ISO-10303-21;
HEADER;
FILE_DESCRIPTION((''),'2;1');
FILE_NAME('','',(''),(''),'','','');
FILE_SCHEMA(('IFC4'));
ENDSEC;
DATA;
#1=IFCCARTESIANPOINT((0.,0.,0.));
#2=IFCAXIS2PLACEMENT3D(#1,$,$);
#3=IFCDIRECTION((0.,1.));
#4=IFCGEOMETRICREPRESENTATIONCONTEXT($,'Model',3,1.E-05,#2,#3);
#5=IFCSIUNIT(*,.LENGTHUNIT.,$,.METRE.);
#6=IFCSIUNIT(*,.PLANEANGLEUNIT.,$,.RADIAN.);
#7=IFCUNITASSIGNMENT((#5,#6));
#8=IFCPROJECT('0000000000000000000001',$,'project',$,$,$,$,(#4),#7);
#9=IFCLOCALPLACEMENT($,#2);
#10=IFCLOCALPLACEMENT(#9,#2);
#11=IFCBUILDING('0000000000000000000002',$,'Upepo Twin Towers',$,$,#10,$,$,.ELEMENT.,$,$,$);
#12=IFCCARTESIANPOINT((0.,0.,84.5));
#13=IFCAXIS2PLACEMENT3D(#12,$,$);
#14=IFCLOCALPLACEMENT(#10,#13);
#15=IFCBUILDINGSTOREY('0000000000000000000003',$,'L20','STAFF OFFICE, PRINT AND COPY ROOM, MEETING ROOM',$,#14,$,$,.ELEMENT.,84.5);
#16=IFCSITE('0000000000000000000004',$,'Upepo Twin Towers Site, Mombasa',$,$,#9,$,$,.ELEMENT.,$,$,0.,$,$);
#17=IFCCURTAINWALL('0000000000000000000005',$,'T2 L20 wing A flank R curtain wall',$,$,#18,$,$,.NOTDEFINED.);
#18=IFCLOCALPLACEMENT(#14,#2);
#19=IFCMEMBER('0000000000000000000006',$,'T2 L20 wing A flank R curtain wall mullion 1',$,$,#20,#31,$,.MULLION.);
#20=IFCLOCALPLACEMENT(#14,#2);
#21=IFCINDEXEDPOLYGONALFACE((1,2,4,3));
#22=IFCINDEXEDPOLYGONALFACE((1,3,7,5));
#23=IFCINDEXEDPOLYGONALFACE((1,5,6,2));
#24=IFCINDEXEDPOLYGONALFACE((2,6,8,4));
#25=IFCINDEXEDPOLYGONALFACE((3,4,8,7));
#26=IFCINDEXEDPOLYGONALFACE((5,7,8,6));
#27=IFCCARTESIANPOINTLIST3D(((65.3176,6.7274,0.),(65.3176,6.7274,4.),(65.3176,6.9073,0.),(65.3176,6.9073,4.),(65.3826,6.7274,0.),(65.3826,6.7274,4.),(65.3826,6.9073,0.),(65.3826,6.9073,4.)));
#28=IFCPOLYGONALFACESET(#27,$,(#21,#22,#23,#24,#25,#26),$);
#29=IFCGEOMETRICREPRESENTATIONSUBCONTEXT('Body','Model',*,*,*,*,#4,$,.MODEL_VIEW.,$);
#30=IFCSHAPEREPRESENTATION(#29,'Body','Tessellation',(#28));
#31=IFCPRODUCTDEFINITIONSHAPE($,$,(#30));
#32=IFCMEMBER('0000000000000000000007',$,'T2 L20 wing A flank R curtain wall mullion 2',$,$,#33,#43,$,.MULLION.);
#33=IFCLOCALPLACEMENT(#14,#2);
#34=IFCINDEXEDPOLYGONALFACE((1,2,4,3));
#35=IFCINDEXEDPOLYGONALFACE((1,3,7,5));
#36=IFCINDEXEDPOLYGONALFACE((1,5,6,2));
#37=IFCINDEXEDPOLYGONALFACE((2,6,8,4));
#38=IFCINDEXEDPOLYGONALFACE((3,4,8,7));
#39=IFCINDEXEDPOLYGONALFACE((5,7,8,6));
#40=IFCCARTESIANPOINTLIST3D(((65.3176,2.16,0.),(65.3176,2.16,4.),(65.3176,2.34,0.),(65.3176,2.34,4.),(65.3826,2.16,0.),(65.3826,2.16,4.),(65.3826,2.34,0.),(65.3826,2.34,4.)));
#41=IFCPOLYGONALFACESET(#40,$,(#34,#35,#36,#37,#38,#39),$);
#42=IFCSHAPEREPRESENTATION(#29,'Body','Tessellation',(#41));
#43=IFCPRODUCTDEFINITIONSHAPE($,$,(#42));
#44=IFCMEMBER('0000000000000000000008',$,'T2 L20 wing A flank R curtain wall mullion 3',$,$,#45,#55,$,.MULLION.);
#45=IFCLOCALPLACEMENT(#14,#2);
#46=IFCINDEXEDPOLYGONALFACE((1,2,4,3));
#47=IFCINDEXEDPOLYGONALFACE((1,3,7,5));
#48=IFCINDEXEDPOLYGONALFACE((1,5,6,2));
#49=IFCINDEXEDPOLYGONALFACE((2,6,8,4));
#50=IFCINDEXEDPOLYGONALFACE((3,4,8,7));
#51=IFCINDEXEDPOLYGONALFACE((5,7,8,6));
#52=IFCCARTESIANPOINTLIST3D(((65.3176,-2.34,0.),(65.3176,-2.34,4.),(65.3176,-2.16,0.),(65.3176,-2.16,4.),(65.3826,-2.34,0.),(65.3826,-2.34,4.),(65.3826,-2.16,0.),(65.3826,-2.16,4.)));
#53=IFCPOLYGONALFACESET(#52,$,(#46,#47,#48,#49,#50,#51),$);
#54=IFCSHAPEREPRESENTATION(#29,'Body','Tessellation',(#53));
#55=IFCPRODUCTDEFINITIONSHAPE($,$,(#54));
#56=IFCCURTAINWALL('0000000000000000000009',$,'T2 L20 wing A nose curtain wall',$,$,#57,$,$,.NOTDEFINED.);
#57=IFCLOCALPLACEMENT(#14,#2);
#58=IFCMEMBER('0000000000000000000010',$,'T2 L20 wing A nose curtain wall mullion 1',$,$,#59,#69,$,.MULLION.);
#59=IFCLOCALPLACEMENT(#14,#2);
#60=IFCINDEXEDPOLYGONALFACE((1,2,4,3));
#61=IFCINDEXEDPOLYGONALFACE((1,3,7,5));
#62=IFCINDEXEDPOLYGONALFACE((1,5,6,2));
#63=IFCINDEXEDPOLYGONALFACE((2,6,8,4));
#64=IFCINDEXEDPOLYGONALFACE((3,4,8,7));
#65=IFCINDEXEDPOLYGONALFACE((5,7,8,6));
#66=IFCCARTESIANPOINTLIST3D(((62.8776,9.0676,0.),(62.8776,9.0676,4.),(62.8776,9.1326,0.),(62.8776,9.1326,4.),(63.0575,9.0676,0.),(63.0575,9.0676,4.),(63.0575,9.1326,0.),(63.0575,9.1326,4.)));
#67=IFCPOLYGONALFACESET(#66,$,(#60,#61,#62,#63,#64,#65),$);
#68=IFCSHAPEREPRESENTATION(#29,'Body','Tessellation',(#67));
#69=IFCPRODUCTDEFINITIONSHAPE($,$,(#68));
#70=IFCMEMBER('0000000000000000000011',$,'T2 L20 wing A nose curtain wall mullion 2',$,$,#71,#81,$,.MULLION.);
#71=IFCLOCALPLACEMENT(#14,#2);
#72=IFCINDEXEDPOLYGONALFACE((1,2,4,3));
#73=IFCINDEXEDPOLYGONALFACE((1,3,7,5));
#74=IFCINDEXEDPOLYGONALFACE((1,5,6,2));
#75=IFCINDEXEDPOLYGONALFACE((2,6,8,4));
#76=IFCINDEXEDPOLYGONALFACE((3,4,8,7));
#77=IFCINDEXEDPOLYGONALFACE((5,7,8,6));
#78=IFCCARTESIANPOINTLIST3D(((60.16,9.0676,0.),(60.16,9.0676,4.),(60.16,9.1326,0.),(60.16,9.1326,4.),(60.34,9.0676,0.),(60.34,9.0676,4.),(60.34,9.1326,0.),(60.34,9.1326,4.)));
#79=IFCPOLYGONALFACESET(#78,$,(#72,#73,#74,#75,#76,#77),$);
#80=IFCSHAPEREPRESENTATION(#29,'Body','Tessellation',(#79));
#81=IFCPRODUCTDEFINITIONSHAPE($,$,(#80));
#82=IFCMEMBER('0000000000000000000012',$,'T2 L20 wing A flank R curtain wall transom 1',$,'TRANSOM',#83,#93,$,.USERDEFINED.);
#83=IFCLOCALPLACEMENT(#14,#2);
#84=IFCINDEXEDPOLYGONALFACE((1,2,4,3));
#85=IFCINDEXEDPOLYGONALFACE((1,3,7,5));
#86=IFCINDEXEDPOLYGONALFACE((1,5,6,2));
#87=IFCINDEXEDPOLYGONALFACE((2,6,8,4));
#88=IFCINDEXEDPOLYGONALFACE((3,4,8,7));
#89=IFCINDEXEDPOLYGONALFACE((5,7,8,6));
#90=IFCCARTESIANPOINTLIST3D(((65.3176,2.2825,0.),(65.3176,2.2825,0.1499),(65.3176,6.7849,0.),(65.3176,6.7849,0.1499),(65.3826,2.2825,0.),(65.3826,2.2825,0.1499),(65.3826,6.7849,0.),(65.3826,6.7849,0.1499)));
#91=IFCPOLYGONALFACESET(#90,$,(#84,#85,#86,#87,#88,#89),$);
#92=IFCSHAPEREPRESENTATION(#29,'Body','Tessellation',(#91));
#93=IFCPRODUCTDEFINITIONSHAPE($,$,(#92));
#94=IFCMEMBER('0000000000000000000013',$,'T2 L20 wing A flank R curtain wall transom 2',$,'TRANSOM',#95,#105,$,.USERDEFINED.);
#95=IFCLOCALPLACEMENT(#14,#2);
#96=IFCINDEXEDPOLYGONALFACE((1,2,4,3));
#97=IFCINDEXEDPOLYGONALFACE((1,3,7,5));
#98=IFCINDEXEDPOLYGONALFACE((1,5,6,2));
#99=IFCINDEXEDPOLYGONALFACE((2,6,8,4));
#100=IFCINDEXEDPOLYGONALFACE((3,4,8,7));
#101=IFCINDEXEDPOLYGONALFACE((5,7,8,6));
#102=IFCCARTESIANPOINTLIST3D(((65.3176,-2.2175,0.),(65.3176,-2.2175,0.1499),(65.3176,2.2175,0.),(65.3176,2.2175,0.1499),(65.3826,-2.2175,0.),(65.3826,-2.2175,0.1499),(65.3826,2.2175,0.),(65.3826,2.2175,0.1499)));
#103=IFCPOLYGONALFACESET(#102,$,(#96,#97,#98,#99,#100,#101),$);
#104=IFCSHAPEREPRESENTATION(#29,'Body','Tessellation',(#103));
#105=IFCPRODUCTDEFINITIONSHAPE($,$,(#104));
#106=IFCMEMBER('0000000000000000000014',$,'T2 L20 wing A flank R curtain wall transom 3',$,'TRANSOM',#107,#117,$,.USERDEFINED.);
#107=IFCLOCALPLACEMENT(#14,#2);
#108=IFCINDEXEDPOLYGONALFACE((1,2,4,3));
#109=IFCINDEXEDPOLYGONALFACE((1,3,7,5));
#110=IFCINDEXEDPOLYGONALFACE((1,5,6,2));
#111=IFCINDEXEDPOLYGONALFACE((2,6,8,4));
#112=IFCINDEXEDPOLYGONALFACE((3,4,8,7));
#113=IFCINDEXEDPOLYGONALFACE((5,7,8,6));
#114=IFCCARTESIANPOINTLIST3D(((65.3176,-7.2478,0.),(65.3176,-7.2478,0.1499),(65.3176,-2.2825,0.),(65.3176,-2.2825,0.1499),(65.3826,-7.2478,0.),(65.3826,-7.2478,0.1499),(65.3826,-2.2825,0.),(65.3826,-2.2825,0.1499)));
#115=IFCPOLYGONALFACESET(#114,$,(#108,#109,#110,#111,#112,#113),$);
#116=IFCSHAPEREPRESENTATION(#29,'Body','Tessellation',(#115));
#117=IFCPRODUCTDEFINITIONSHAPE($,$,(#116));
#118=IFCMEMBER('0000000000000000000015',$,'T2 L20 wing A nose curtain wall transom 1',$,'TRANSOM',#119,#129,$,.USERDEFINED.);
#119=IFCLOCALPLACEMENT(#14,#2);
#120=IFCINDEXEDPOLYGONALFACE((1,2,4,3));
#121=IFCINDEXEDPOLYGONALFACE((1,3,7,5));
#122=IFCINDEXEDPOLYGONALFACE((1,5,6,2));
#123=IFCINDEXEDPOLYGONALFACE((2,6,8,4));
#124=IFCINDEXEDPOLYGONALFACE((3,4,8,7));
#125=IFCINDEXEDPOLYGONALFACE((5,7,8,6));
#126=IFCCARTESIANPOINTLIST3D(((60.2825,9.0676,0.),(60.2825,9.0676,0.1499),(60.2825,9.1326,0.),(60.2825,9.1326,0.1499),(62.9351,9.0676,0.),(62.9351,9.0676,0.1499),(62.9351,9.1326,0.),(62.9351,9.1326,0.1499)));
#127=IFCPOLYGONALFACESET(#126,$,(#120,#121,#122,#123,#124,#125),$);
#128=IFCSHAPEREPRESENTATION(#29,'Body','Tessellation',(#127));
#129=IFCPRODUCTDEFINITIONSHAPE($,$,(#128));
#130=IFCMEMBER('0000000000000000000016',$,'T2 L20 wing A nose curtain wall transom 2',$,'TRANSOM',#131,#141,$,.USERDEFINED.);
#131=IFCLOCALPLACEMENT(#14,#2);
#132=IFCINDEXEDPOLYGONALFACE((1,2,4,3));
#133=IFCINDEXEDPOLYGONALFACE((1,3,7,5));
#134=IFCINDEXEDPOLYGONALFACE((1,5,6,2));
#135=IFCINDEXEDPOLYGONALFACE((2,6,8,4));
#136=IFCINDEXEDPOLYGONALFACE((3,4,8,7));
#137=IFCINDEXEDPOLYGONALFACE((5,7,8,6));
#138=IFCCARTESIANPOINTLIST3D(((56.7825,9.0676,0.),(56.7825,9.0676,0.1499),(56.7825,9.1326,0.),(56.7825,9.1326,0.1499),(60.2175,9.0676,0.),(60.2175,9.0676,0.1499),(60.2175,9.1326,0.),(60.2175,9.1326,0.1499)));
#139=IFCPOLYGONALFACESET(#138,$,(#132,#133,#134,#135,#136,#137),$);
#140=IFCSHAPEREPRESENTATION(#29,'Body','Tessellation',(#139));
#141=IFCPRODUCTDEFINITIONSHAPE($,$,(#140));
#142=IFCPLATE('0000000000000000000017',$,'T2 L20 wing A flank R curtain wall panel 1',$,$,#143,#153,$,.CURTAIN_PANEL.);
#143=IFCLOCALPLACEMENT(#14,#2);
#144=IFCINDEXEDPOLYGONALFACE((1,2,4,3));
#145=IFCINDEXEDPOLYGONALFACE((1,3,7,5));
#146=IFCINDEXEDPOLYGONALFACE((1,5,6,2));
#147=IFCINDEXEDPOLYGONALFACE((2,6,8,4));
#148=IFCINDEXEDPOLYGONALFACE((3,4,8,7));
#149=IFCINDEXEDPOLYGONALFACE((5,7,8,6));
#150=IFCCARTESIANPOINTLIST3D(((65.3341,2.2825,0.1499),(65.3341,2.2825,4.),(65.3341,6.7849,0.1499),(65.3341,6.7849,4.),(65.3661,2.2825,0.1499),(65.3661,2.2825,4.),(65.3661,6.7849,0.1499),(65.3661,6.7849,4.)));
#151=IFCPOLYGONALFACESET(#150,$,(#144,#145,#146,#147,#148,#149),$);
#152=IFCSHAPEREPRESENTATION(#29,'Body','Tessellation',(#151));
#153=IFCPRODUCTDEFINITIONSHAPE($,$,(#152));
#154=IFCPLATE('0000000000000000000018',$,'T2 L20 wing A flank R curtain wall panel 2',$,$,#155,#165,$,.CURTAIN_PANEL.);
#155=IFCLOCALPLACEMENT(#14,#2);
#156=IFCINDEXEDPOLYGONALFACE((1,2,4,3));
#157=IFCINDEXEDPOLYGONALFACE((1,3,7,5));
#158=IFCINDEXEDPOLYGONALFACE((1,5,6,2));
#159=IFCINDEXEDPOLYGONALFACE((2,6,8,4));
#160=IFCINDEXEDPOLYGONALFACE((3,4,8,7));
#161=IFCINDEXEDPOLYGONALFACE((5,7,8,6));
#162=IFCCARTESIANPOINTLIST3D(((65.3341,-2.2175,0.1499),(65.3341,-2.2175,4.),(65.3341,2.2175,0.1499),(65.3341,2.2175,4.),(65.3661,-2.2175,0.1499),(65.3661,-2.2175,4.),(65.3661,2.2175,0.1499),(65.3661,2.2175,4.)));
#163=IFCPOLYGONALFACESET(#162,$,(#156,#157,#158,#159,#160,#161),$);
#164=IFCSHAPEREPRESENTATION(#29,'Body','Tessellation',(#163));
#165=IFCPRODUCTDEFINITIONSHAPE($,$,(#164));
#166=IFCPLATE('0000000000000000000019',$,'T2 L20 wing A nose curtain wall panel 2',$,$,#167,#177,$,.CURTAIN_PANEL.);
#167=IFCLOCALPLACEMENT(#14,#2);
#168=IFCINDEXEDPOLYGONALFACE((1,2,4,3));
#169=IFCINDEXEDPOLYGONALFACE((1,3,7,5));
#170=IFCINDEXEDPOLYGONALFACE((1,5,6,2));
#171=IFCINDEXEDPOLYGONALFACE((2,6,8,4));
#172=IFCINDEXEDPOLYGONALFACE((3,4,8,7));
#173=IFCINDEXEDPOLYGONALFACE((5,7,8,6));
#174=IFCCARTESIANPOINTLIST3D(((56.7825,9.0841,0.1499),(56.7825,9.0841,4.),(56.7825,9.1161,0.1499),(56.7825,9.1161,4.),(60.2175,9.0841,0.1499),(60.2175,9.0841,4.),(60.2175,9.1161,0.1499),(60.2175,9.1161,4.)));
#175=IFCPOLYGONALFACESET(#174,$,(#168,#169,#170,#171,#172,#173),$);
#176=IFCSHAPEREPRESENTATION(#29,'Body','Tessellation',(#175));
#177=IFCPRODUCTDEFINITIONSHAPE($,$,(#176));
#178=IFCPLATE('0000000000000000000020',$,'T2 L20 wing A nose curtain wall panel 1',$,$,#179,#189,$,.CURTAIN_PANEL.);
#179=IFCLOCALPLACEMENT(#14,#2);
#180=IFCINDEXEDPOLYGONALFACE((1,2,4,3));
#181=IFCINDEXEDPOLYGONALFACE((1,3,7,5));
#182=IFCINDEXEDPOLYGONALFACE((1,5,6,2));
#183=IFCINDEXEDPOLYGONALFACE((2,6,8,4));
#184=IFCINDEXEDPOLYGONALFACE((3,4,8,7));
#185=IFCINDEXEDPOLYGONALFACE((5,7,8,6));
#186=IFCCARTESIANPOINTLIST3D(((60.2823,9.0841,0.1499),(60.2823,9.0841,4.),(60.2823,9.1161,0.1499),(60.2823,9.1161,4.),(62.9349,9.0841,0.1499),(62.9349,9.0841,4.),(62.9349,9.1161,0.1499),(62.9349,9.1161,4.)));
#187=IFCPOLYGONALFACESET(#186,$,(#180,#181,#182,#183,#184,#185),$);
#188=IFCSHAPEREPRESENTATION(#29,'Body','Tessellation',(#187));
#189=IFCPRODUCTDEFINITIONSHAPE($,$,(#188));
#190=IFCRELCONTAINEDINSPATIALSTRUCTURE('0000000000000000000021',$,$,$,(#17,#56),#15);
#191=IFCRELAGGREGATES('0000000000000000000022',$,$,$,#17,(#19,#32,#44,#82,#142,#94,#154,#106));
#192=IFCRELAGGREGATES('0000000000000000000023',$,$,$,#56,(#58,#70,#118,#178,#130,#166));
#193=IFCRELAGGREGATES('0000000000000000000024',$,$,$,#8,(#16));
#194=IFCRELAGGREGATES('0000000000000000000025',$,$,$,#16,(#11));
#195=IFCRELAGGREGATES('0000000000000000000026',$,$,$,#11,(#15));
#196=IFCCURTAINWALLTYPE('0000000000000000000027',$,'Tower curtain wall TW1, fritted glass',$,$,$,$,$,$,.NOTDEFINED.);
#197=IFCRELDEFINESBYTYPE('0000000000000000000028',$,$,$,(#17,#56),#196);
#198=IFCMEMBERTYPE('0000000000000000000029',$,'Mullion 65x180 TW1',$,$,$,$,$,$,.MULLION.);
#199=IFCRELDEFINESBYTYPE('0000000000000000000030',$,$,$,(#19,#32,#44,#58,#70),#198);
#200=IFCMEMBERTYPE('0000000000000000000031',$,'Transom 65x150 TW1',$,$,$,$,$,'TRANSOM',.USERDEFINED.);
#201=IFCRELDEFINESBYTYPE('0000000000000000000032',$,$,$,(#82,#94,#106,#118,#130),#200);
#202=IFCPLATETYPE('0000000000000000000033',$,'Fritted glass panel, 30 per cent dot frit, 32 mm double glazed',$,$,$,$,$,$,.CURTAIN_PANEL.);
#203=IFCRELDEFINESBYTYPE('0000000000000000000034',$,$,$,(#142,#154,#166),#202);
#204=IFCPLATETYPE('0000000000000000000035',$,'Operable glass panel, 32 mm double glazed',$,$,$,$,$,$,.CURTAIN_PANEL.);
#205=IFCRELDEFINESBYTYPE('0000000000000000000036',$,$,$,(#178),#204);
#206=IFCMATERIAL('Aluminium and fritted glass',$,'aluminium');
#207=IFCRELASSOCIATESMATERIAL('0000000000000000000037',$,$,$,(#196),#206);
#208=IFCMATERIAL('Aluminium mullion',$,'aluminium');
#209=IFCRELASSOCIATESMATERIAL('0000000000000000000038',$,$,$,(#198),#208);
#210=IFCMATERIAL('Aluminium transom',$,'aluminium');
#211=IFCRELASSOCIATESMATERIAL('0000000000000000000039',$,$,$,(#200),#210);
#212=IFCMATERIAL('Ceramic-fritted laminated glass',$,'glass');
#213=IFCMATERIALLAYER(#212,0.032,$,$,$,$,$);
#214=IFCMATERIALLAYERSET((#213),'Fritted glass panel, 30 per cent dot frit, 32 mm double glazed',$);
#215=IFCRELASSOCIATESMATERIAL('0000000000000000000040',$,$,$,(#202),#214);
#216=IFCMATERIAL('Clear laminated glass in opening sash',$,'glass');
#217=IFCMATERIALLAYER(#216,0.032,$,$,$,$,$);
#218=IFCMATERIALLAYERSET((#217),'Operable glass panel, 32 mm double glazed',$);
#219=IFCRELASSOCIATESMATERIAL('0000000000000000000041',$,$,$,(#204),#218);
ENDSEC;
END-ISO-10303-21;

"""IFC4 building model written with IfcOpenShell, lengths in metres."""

from ifc_helpers import new_model, si_unit, direction, frame, origin, origin_2d, place, context, subcontext, project, spatial, rectangle, extrude, material, layer, layer_set, material_profile, profile_set, type_object, element, aggregate, save


model = new_model("IFC4")

# Units and contexts
model_context = context("Model", 3, precision=1e-05, world=origin(), true_north=direction((0.0, 1.0)))
body_context = subcontext(model_context, "Body", "Model", "MODEL_VIEW")
ifc_project = project(units=[si_unit("LENGTHUNIT", "METRE"), si_unit("PLANEANGLEUNIT", "RADIAN")], contexts=[model_context])

# Site, building, storey
site_placement = place(None, origin())
site = spatial("IfcSite", under=ifc_project, at=site_placement, Name="Upepo Twin Towers Site, Mombasa", CompositionType="ELEMENT", RefElevation=0.0)
building_placement = place(site_placement, origin())
building = spatial("IfcBuilding", under=site, at=building_placement, Name="Upepo Twin Towers", CompositionType="ELEMENT")
storey_placement = place(building_placement, frame((0.0, 0.0, 84.5)))
storey = spatial("IfcBuildingStorey", under=building, at=storey_placement, Name="L20", Description="STAFF OFFICE, PRINT AND COPY ROOM, MEETING ROOM", CompositionType="ELEMENT", Elevation=84.5)

# Curtain walls, members
ifc_material_1 = material(Name="Aluminium and fritted glass", Category="aluminium")
curtain_wall_type = type_object("IfcCurtainWallType", Name="Tower curtain wall TW1, fritted glass", PredefinedType="NOTDEFINED", material=ifc_material_1)
curtain_wall_1_placement = place(storey_placement, origin())
curtain_wall_1 = element("IfcCurtainWall", 1, at=curtain_wall_1_placement, inside=storey, type_object=curtain_wall_type, Name="T2 L20 wing A flank R curtain wall", PredefinedType="NOTDEFINED")
ifc_material_2 = material(Name="Aluminium mullion", Category="aluminium")
ifc_material_profile_1 = material_profile(ifc_material_2, rectangle(XDim=0.0649, YDim=0.1799, at=origin_2d()), Name="MULLION 65x180")
ifc_profile_set_1 = profile_set([ifc_material_profile_1], Name="Aluminium mullion")
member_type_1 = type_object("IfcMemberType", Name="Mullion 65x180 TW1", PredefinedType="MULLION", material=ifc_profile_set_1)
member_1_placement = place(storey_placement, frame((65.3501, 6.8174, 0.0), z_axis=(0.0, 0.0, 1.0), x_axis=(1.0, 0.0, 0.0)))
member_1 = element("IfcMember", 2, at=member_1_placement, type_object=member_type_1, Name="T2 L20 wing A flank R curtain wall mullion 1", PredefinedType="MULLION", context=body_context, shape_type="SweptSolid", body=[
    extrude(rectangle(XDim=0.0649, YDim=0.1799, at=origin_2d()), origin(), (0.0, 0.0, 1.0), 4.0),
])
member_2_placement = place(storey_placement, frame((65.3501, 2.25, 0.0), z_axis=(0.0, 0.0, 1.0), x_axis=(1.0, 0.0, 0.0)))
member_2 = element("IfcMember", 3, at=member_2_placement, type_object=member_type_1, Name="T2 L20 wing A flank R curtain wall mullion 2", PredefinedType="MULLION", context=body_context, shape_type="SweptSolid", body=[
    extrude(rectangle(XDim=0.0649, YDim=0.1799, at=origin_2d()), origin(), (0.0, 0.0, 1.0), 4.0),
])
member_3_placement = place(storey_placement, frame((65.3501, -2.25, 0.0), z_axis=(0.0, 0.0, 1.0), x_axis=(1.0, 0.0, 0.0)))
member_3 = element("IfcMember", 4, at=member_3_placement, type_object=member_type_1, Name="T2 L20 wing A flank R curtain wall mullion 3", PredefinedType="MULLION", context=body_context, shape_type="SweptSolid", body=[
    extrude(rectangle(XDim=0.0649, YDim=0.1799, at=origin_2d()), origin(), (0.0, 0.0, 1.0), 4.0),
])
curtain_wall_2_placement = place(storey_placement, origin())
curtain_wall_2 = element("IfcCurtainWall", 5, at=curtain_wall_2_placement, inside=storey, type_object=curtain_wall_type, Name="T2 L20 wing A nose curtain wall", PredefinedType="NOTDEFINED")
member_4_placement = place(storey_placement, frame((62.9675, 9.1001, 0.0), z_axis=(0.0, 0.0, 1.0), x_axis=(0.0, -1.0, 0.0)))
member_4 = element("IfcMember", 6, at=member_4_placement, type_object=member_type_1, Name="T2 L20 wing A nose curtain wall mullion 1", PredefinedType="MULLION", context=body_context, shape_type="SweptSolid", body=[
    extrude(rectangle(XDim=0.0649, YDim=0.1799, at=origin_2d()), origin(), (0.0, 0.0, 1.0), 4.0),
])
member_5_placement = place(storey_placement, frame((60.25, 9.1001, 0.0), z_axis=(0.0, 0.0, 1.0), x_axis=(0.0, -1.0, 0.0)))
member_5 = element("IfcMember", 7, at=member_5_placement, type_object=member_type_1, Name="T2 L20 wing A nose curtain wall mullion 2", PredefinedType="MULLION", context=body_context, shape_type="SweptSolid", body=[
    extrude(rectangle(XDim=0.0649, YDim=0.1799, at=origin_2d()), origin(), (0.0, 0.0, 1.0), 4.0),
])

# Members
ifc_material_3 = material(Name="Aluminium transom", Category="aluminium")
ifc_material_profile_2 = material_profile(ifc_material_3, rectangle(XDim=0.0649, YDim=0.1499, at=origin_2d()), Name="TRANSOM 65x150")
ifc_profile_set_2 = profile_set([ifc_material_profile_2], Name="Aluminium transom")
member_type_2 = type_object("IfcMemberType", Name="Transom 65x150 TW1", ElementType="TRANSOM", PredefinedType="USERDEFINED", material=ifc_profile_set_2)
member_6_placement = place(storey_placement, frame((65.3501, 6.7849, 0.075), z_axis=(0.0, -1.0, 0.0), x_axis=(1.0, 0.0, 0.0)))
member_6 = element("IfcMember", 8, at=member_6_placement, type_object=member_type_2, Name="T2 L20 wing A flank R curtain wall transom 1", ObjectType="TRANSOM", PredefinedType="USERDEFINED", context=body_context, shape_type="SweptSolid", body=[
    extrude(rectangle(XDim=0.0649, YDim=0.1499, at=origin_2d()), origin(), (0.0, 0.0, 1.0), 4.5024),
])
member_7_placement = place(storey_placement, frame((65.3501, 2.2175, 0.075), z_axis=(0.0, -1.0, 0.0), x_axis=(1.0, 0.0, 0.0)))
member_7 = element("IfcMember", 9, at=member_7_placement, type_object=member_type_2, Name="T2 L20 wing A flank R curtain wall transom 2", ObjectType="TRANSOM", PredefinedType="USERDEFINED", context=body_context, shape_type="SweptSolid", body=[
    extrude(rectangle(XDim=0.0649, YDim=0.1499, at=origin_2d()), origin(), (0.0, 0.0, 1.0), 4.4351),
])
member_8_placement = place(storey_placement, frame((65.3501, -2.2825, 0.075), z_axis=(0.0, -1.0, 0.0), x_axis=(1.0, 0.0, 0.0)))
member_8 = element("IfcMember", 10, at=member_8_placement, type_object=member_type_2, Name="T2 L20 wing A flank R curtain wall transom 3", ObjectType="TRANSOM", PredefinedType="USERDEFINED", context=body_context, shape_type="SweptSolid", body=[
    extrude(rectangle(XDim=0.0649, YDim=0.1499, at=origin_2d()), origin(), (0.0, 0.0, 1.0), 4.9653),
])
member_9_placement = place(storey_placement, frame((62.9351, 9.1001, 0.075), z_axis=(-1.0, 0.0, 0.0), x_axis=(0.0, -1.0, 0.0)))
member_9 = element("IfcMember", 11, at=member_9_placement, type_object=member_type_2, Name="T2 L20 wing A nose curtain wall transom 1", ObjectType="TRANSOM", PredefinedType="USERDEFINED", context=body_context, shape_type="SweptSolid", body=[
    extrude(rectangle(XDim=0.0649, YDim=0.1499, at=origin_2d()), origin(), (0.0, 0.0, 1.0), 2.6526),
])
member_10_placement = place(storey_placement, frame((60.2175, 9.1001, 0.075), z_axis=(-1.0, 0.0, 0.0), x_axis=(0.0, -1.0, 0.0)))
member_10 = element("IfcMember", 12, at=member_10_placement, type_object=member_type_2, Name="T2 L20 wing A nose curtain wall transom 2", ObjectType="TRANSOM", PredefinedType="USERDEFINED", context=body_context, shape_type="SweptSolid", body=[
    extrude(rectangle(XDim=0.0649, YDim=0.1499, at=origin_2d()), origin(), (0.0, 0.0, 1.0), 3.4351),
])

# Plates
ifc_material_4 = material(Name="Ceramic-fritted laminated glass", Category="glass")
ifc_layer_1 = layer(ifc_material_4, 0.032)
ifc_layer_set_1 = layer_set([ifc_layer_1], Name="Fritted glass panel, 30 per cent dot frit, 32 mm double glazed")
plate_type_1 = type_object("IfcPlateType", Name="Fritted glass panel, 30 per cent dot frit, 32 mm double glazed", PredefinedType="CURTAIN_PANEL", material=ifc_layer_set_1)
plate_1_placement = place(storey_placement, frame((65.3501, 4.5337, 0.1499), z_axis=(0.0, 0.0, 1.0), x_axis=(0.0, -1.0, 0.0)))
plate_1 = element("IfcPlate", 13, at=plate_1_placement, type_object=plate_type_1, Name="T2 L20 wing A flank R curtain wall panel 1", PredefinedType="CURTAIN_PANEL", context=body_context, shape_type="SweptSolid", body=[
    extrude(rectangle(XDim=4.5024, YDim=0.032, at=origin_2d()), origin(), (0.0, 0.0, 1.0), 3.8501),
])
plate_2_placement = place(storey_placement, frame((65.3501, 0.0, 0.1499), z_axis=(0.0, 0.0, 1.0), x_axis=(0.0, -1.0, 0.0)))
plate_2 = element("IfcPlate", 14, at=plate_2_placement, type_object=plate_type_1, Name="T2 L20 wing A flank R curtain wall panel 2", PredefinedType="CURTAIN_PANEL", context=body_context, shape_type="SweptSolid", body=[
    extrude(rectangle(XDim=4.4351, YDim=0.032, at=origin_2d()), origin(), (0.0, 0.0, 1.0), 3.8501),
])
aggregate(curtain_wall_1, [member_1, member_2, member_3, member_6, plate_1, member_7, plate_2, member_8])
plate_3_placement = place(storey_placement, frame((58.5, 9.1001, 0.1499), z_axis=(0.0, 0.0, 1.0), x_axis=(-1.0, 0.0, 0.0)))
plate_3 = element("IfcPlate", 15, at=plate_3_placement, type_object=plate_type_1, Name="T2 L20 wing A nose curtain wall panel 2", PredefinedType="CURTAIN_PANEL", context=body_context, shape_type="SweptSolid", body=[
    extrude(rectangle(XDim=3.4351, YDim=0.032, at=origin_2d()), origin(), (0.0, 0.0, 1.0), 3.8501),
])
ifc_material_5 = material(Name="Clear laminated glass in opening sash", Category="glass")
ifc_layer_2 = layer(ifc_material_5, 0.032)
ifc_layer_set_2 = layer_set([ifc_layer_2], Name="Operable glass panel, 32 mm double glazed")
plate_type_2 = type_object("IfcPlateType", Name="Operable glass panel, 32 mm double glazed", PredefinedType="CURTAIN_PANEL", material=ifc_layer_set_2)
plate_4_placement = place(storey_placement, frame((61.6086, 9.1001, 0.1499), z_axis=(0.0, 0.0, 1.0), x_axis=(-1.0, 0.0, 0.0)))
plate_4 = element("IfcPlate", 16, at=plate_4_placement, type_object=plate_type_2, Name="T2 L20 wing A nose curtain wall panel 1", PredefinedType="CURTAIN_PANEL", context=body_context, shape_type="SweptSolid", body=[
    extrude(rectangle(XDim=2.6526, YDim=0.032, at=origin_2d()), origin(), (0.0, 0.0, 1.0), 3.8501),
])
aggregate(curtain_wall_2, [member_4, member_5, member_9, plate_4, member_10, plate_3])

save(model, "model.ifc")
